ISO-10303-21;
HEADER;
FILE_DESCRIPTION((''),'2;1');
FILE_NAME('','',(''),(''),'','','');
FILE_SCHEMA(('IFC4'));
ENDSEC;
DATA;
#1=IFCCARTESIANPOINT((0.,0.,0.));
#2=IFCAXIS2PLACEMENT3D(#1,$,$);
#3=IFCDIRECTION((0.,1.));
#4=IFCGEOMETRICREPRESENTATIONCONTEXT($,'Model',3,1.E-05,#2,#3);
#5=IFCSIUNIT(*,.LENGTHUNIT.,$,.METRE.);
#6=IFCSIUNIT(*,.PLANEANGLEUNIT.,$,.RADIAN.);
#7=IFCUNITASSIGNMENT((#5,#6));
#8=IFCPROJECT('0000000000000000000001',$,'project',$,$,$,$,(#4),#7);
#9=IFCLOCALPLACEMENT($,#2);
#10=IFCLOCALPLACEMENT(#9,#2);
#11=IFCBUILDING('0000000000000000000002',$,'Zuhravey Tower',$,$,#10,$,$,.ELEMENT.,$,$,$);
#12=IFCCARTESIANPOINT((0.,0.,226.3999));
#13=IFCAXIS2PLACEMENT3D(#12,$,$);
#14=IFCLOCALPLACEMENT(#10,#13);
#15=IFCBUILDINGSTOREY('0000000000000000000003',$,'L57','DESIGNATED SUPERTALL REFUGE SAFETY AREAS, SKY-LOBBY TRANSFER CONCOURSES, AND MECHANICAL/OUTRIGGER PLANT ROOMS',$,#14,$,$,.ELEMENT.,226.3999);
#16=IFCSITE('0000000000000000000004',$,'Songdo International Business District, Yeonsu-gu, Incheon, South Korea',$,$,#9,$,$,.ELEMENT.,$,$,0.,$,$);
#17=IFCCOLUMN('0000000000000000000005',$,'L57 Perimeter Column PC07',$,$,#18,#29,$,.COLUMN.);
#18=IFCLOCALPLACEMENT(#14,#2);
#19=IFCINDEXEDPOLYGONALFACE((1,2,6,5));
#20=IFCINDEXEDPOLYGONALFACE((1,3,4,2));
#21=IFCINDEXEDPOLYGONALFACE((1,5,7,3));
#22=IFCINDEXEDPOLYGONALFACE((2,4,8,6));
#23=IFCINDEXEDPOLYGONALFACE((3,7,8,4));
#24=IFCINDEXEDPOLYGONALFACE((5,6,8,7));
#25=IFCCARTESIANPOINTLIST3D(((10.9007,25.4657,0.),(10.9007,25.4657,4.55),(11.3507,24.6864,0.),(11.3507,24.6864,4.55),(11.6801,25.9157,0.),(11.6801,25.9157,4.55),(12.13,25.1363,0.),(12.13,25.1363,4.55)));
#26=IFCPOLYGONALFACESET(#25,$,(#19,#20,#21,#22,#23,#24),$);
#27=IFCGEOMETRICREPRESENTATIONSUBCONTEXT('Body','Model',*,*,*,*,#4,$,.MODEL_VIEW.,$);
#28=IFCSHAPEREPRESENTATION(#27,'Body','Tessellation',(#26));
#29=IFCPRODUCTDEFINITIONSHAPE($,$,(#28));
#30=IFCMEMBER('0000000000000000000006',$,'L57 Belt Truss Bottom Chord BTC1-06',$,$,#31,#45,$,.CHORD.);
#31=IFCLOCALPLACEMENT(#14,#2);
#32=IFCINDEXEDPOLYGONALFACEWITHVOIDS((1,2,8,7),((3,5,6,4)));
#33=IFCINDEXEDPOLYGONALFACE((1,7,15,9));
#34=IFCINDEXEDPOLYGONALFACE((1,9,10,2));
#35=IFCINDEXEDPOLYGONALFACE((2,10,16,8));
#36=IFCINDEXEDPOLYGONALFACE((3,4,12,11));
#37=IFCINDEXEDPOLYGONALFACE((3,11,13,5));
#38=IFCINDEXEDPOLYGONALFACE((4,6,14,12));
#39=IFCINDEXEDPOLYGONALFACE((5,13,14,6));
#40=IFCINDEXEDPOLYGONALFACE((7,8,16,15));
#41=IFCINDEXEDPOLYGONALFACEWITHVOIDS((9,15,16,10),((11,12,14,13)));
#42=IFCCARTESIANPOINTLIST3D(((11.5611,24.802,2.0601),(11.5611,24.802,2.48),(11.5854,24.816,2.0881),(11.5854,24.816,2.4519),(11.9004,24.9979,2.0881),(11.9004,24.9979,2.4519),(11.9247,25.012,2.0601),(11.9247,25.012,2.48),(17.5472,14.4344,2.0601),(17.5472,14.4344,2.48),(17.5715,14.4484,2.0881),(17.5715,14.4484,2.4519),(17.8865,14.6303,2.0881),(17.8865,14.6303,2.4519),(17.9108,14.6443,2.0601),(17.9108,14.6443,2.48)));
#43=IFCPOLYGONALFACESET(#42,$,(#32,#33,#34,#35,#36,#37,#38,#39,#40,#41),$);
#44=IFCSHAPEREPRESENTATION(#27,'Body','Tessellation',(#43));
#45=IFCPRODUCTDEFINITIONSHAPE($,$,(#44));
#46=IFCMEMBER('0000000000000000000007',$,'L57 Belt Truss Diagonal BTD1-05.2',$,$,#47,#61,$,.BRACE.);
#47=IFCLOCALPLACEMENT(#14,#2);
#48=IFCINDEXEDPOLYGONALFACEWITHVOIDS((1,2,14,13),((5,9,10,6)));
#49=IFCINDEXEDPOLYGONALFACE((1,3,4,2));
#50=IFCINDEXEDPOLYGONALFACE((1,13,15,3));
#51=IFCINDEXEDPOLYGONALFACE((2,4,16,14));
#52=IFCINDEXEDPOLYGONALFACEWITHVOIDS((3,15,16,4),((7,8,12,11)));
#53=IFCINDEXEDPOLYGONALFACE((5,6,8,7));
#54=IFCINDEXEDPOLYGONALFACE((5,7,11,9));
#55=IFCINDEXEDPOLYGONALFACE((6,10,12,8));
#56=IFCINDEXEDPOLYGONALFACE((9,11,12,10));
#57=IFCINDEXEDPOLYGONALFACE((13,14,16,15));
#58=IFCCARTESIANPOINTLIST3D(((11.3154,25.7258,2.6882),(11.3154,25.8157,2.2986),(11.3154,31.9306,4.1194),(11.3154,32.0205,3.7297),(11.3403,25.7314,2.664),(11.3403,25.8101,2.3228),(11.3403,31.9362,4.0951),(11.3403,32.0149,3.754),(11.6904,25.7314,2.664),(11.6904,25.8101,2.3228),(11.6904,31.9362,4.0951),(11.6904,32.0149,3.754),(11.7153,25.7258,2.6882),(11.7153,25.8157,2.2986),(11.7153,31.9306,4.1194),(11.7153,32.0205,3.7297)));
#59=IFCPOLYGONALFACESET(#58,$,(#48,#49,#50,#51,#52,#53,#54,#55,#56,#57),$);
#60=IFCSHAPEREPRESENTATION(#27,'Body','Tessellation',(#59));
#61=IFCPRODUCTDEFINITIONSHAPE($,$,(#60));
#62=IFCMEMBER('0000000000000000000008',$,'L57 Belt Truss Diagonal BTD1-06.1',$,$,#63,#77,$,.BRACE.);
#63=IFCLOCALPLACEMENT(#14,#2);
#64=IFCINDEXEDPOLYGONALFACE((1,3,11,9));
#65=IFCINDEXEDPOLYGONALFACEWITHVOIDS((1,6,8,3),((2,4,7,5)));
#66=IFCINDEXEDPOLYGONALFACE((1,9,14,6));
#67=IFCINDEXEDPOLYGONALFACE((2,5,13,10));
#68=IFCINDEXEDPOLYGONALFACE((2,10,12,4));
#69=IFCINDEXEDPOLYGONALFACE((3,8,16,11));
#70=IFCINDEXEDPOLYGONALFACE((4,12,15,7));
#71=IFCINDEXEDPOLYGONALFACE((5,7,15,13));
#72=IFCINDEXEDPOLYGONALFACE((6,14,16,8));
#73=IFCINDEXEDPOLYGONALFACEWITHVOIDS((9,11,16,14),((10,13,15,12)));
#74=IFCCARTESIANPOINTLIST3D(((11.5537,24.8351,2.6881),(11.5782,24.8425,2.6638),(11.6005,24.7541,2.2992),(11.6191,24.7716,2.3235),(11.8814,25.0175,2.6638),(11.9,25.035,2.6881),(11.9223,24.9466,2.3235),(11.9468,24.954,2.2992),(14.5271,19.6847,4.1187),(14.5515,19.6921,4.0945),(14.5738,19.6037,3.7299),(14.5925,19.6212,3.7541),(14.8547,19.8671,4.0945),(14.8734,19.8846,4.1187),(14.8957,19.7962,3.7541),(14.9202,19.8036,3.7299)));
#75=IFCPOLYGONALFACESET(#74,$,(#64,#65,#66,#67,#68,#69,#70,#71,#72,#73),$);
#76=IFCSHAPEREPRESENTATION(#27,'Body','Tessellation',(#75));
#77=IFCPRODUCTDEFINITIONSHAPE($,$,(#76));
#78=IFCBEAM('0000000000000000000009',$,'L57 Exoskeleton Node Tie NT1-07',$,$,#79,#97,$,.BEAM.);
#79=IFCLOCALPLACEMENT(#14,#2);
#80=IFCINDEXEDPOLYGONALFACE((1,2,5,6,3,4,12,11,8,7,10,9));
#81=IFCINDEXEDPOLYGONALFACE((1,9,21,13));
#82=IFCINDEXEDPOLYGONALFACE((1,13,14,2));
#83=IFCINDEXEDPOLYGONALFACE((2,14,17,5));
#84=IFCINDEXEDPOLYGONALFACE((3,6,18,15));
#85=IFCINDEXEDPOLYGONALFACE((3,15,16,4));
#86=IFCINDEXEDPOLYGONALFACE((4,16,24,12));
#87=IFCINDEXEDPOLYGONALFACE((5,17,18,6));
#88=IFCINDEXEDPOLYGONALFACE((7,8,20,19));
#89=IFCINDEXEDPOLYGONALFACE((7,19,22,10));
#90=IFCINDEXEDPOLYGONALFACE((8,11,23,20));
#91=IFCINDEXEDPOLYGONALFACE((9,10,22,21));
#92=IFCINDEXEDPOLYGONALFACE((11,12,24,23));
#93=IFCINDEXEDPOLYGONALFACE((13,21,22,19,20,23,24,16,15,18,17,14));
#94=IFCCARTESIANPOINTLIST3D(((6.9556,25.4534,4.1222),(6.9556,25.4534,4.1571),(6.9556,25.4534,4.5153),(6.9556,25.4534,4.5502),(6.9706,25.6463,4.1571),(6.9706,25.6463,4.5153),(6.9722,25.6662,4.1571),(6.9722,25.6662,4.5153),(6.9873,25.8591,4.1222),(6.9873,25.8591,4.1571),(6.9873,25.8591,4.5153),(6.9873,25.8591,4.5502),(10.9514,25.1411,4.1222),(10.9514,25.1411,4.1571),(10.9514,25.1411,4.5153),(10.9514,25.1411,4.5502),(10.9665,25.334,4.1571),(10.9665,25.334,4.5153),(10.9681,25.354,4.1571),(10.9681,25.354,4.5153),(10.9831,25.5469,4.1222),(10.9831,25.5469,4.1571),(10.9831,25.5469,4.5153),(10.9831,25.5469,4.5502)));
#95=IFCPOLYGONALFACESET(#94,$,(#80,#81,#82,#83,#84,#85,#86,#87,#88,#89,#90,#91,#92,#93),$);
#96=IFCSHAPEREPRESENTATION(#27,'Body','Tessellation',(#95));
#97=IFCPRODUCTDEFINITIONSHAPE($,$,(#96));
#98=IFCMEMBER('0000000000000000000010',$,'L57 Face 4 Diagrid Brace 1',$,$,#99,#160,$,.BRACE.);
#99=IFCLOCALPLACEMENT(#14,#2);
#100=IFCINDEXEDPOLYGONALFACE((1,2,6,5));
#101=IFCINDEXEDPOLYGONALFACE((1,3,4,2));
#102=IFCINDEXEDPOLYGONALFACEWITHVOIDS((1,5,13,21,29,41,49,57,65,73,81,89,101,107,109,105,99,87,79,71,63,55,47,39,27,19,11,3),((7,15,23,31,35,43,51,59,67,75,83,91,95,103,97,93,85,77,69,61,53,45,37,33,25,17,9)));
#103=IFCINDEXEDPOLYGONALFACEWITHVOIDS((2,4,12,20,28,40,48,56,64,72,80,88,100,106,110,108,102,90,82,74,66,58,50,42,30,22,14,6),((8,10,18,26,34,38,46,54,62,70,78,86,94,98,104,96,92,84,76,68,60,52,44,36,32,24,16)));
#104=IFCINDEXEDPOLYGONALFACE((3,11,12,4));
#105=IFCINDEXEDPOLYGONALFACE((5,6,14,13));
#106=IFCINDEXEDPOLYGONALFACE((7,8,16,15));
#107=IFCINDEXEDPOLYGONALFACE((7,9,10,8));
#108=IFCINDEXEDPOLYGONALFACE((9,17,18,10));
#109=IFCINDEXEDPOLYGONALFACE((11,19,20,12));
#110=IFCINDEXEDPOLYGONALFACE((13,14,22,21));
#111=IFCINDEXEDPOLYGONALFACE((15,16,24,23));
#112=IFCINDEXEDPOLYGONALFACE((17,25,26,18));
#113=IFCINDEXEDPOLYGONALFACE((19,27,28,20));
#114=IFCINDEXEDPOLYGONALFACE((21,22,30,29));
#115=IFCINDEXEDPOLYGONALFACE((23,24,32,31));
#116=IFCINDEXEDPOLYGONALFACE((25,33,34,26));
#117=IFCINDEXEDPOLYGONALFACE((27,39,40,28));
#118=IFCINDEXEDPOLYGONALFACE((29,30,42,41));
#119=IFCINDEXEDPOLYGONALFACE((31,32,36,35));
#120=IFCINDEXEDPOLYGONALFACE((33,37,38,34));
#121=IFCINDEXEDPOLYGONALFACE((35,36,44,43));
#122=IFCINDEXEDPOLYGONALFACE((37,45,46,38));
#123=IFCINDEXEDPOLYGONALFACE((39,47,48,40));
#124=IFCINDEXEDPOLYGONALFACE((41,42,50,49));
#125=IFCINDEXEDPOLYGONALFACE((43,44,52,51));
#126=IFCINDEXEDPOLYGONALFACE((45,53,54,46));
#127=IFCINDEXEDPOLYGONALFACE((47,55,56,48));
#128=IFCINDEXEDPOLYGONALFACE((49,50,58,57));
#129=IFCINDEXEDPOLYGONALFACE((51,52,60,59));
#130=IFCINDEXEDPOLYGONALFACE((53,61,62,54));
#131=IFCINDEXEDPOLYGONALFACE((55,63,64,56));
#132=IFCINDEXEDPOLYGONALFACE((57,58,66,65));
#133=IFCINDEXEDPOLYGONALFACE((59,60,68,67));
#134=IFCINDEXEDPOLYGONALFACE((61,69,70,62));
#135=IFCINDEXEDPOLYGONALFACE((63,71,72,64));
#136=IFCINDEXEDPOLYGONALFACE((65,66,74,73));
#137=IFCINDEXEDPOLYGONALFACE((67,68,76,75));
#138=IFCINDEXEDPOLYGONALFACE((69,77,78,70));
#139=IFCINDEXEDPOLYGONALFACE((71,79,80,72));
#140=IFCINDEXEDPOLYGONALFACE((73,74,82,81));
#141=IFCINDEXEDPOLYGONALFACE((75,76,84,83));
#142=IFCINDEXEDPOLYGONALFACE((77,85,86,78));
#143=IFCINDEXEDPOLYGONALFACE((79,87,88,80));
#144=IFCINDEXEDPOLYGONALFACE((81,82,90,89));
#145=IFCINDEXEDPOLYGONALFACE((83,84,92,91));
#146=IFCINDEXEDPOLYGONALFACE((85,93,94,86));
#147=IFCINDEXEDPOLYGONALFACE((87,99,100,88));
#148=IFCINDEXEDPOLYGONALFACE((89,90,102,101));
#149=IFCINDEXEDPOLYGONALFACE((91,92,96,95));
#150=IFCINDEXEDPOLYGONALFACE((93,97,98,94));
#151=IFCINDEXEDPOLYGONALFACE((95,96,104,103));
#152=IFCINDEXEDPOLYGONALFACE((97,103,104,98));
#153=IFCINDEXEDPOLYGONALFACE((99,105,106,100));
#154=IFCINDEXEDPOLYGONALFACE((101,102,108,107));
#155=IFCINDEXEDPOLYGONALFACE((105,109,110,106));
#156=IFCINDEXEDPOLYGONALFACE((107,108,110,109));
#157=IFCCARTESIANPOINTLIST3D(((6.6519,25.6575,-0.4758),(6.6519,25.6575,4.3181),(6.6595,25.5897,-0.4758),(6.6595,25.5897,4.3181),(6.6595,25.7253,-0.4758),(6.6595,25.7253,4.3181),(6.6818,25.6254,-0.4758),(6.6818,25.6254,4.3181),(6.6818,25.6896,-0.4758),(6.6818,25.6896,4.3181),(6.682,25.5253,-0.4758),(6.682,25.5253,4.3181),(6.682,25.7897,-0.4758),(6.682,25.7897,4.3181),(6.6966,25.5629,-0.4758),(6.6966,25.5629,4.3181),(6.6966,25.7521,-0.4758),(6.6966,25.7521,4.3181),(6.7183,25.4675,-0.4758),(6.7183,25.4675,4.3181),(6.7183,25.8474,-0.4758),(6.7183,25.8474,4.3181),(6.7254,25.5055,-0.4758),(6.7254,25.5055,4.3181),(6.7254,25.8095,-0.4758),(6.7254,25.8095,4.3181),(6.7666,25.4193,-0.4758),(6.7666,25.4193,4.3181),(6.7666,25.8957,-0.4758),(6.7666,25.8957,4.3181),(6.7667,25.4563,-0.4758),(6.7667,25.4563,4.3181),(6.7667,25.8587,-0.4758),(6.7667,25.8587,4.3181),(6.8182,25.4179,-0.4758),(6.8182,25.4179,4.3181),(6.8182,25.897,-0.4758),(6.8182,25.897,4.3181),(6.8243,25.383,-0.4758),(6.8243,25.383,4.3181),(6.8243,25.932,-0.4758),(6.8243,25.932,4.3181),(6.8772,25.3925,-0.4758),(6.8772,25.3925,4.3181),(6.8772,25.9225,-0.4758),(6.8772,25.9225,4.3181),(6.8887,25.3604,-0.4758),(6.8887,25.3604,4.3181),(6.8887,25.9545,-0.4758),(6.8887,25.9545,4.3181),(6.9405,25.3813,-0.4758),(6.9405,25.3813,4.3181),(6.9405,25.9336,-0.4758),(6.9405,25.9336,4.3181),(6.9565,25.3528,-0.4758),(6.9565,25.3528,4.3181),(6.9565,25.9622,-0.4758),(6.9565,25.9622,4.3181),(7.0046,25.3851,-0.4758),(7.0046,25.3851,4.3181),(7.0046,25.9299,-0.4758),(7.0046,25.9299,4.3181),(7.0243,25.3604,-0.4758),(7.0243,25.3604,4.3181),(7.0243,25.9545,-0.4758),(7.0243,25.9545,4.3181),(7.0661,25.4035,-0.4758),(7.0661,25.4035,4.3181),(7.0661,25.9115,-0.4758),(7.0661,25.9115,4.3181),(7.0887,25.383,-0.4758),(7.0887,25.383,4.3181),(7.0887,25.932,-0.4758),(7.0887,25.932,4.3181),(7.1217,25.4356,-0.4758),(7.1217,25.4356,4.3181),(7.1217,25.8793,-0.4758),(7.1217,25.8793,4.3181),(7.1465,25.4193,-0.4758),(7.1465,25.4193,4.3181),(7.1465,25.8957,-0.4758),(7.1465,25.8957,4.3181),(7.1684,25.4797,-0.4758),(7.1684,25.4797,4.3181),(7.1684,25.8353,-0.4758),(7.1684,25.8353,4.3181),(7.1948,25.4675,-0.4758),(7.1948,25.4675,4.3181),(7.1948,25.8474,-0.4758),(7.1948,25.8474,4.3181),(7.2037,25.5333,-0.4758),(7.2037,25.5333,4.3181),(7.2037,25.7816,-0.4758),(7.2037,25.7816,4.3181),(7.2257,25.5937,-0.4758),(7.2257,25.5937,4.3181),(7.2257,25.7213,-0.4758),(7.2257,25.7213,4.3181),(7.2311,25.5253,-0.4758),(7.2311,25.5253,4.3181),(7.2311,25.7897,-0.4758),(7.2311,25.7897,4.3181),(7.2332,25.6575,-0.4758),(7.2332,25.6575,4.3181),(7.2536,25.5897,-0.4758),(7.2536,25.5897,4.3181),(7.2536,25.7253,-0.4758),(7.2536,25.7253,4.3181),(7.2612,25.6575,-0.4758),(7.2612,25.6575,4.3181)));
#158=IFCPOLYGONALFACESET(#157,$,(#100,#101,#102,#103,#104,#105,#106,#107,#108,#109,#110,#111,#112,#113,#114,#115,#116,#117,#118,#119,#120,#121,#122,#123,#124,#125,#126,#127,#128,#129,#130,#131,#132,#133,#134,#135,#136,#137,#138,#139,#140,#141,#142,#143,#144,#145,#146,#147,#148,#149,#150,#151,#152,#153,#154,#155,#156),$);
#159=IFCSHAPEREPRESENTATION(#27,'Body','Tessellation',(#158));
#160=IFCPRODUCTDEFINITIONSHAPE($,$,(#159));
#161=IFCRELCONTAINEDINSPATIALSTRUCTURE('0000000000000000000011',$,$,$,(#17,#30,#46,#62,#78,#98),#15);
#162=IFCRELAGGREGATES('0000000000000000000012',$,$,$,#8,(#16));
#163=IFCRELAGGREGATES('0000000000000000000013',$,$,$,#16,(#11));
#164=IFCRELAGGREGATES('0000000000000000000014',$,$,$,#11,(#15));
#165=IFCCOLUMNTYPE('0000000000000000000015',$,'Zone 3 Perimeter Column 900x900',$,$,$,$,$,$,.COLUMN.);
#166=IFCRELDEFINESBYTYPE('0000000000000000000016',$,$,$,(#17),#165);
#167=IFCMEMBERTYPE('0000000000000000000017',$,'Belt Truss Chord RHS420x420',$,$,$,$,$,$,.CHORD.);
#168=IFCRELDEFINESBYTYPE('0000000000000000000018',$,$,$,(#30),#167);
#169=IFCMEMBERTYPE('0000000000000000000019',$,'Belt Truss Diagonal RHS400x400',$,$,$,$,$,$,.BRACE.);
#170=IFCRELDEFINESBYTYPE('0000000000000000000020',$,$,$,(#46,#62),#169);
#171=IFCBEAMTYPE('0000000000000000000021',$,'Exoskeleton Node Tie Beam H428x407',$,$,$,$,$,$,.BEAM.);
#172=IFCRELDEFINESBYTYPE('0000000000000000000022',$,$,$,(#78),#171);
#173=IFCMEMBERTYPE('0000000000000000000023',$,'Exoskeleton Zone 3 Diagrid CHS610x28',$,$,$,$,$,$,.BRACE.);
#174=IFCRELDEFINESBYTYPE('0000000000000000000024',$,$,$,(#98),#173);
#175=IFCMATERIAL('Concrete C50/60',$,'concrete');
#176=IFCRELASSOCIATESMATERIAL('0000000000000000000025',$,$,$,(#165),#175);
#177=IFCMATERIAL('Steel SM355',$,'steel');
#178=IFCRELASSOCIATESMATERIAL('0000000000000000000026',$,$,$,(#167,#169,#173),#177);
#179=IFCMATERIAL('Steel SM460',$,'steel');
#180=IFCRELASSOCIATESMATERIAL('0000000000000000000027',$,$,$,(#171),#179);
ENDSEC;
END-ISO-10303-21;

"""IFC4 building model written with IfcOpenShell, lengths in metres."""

from ifc_helpers import new_model, si_unit, direction, frame, origin, origin_2d, place, context, subcontext, project, spatial, rectangle, hollow_rectangle, hollow_circle, i_section, extrude, material, material_profile, profile_set, type_object, element, save


model = new_model("IFC4")

# Units and contexts
model_context = context("Model", 3, precision=1e-05, world=origin(), true_north=direction((0.0, 1.0)))
body_context = subcontext(model_context, "Body", "Model", "MODEL_VIEW")
ifc_project = project(units=[si_unit("LENGTHUNIT", "METRE"), si_unit("PLANEANGLEUNIT", "RADIAN")], contexts=[model_context])

# Site, building, storey
site_placement = place(None, origin())
site = spatial("IfcSite", under=ifc_project, at=site_placement, Name="Songdo International Business District, Yeonsu-gu, Incheon, South Korea", CompositionType="ELEMENT", RefElevation=0.0)
building_placement = place(site_placement, origin())
building = spatial("IfcBuilding", under=site, at=building_placement, Name="Zuhravey Tower", CompositionType="ELEMENT")
storey_placement = place(building_placement, frame((0.0, 0.0, 226.3999)))
storey = spatial("IfcBuildingStorey", under=building, at=storey_placement, Name="L57", Description="DESIGNATED SUPERTALL REFUGE SAFETY AREAS, SKY-LOBBY TRANSFER CONCOURSES, AND MECHANICAL/OUTRIGGER PLANT ROOMS", CompositionType="ELEMENT", Elevation=226.3999)

# Column
ifc_material_1 = material(Name="Concrete C50/60", Category="concrete")
ifc_material_profile_1 = material_profile(ifc_material_1, rectangle(XDim=0.8999, YDim=0.8999, at=origin_2d()), Name="RC-900x900")
ifc_profile_set_1 = profile_set([ifc_material_profile_1], Name="Concrete C50/60")
column_type = type_object("IfcColumnType", Name="Zone 3 Perimeter Column 900x900", PredefinedType="COLUMN", material=ifc_profile_set_1)
column_placement = place(storey_placement, frame((11.5154, 25.301, 0.0), z_axis=(0.0, 0.0, 1.0), x_axis=(0.5, -0.866025, 0.0)))
element("IfcColumn", 1, at=column_placement, inside=storey, type_object=column_type, Name="L57 Perimeter Column PC07", PredefinedType="COLUMN", context=body_context, shape_type="SweptSolid", body=[
    extrude(rectangle(XDim=0.8999, YDim=0.8999, at=origin_2d()), origin(), (0.0, 0.0, 1.0), 4.55),
])

# Members
ifc_material_2 = material(Name="Steel SM355", Category="steel")
ifc_material_profile_2 = material_profile(ifc_material_2, hollow_rectangle(XDim=0.4199, YDim=0.4199, WallThickness=0.0281, at=origin_2d()), Name="RHS-420x420x28")
ifc_profile_set_2 = profile_set([ifc_material_profile_2], Name="Steel SM355")
member_type_1 = type_object("IfcMemberType", Name="Belt Truss Chord RHS420x420", PredefinedType="CHORD", material=ifc_profile_set_2)
member_1_placement = place(storey_placement, frame((11.7429, 24.907, 2.27), z_axis=(0.500019, -0.866014, 0.0), x_axis=(0.866014, 0.500019, 0.0)))
element("IfcMember", 2, at=member_1_placement, inside=storey, type_object=member_type_1, Name="L57 Belt Truss Bottom Chord BTC1-06", PredefinedType="CHORD", context=body_context, shape_type="SweptSolid", body=[
    extrude(hollow_rectangle(XDim=0.4199, YDim=0.4199, WallThickness=0.0281, at=origin_2d()), origin(), (0.0, 0.0, 1.0), 11.9717),
])
ifc_material_profile_3 = material_profile(ifc_material_2, hollow_rectangle(XDim=0.3999, YDim=0.3999, WallThickness=0.0249, at=origin_2d()), Name="RHS-400x400x25")
ifc_profile_set_3 = profile_set([ifc_material_profile_3], Name="Steel SM355")
member_type_2 = type_object("IfcMemberType", Name="Belt Truss Diagonal RHS400x400", PredefinedType="BRACE", material=ifc_profile_set_3)
member_2_placement = place(storey_placement, frame((11.5154, 25.7708, 2.4934), z_axis=(0.0, 0.974416, 0.22475), x_axis=(-1.0, 0.0, 0.0)))
element("IfcMember", 3, at=member_2_placement, inside=storey, type_object=member_type_2, Name="L57 Belt Truss Diagonal BTD1-05.2", PredefinedType="BRACE", context=body_context, shape_type="SweptSolid", body=[
    extrude(hollow_rectangle(XDim=0.3999, YDim=0.3999, WallThickness=0.0249, at=origin_2d()), origin(), (0.0, 0.0, 1.0), 6.3677),
])
member_3_placement = place(storey_placement, frame((11.7502, 24.8945, 2.4937), z_axis=(0.486108, -0.842017, 0.233894), x_axis=(0.866039, 0.499976, 0.0)))
element("IfcMember", 4, at=member_3_placement, inside=storey, type_object=member_type_2, Name="L57 Belt Truss Diagonal BTD1-06.1", PredefinedType="BRACE", context=body_context, shape_type="SweptSolid", body=[
    extrude(hollow_rectangle(XDim=0.3999, YDim=0.3999, WallThickness=0.0249, at=origin_2d()), origin(), (0.0, 0.0, 1.0), 6.1167),
])

# Beam
ifc_material_3 = material(Name="Steel SM460", Category="steel")
ifc_material_profile_4 = material_profile(ifc_material_3, i_section(OverallWidth=0.407, OverallDepth=0.428, WebThickness=0.02, FlangeThickness=0.0349, at=origin_2d()), Name="H-428x407x20x35")
ifc_profile_set_4 = profile_set([ifc_material_profile_4], Name="Steel SM460")
beam_type_1 = type_object("IfcBeamType", Name="Exoskeleton Node Tie Beam H428x407", PredefinedType="BEAM", material=ifc_profile_set_4)
beam_1_placement = place(storey_placement, frame((10.9673, 25.344, 4.3362), z_axis=(-0.996961, 0.077908, 0.0), x_axis=(-0.077908, -0.996961, 0.0)))
element("IfcBeam", 5, at=beam_1_placement, inside=storey, type_object=beam_type_1, Name="L57 Exoskeleton Node Tie NT1-07", PredefinedType="BEAM", context=body_context, shape_type="SweptSolid", body=[
    extrude(i_section(OverallWidth=0.407, OverallDepth=0.428, WebThickness=0.02, FlangeThickness=0.0349, at=origin_2d()), origin(), (0.0, 0.0, 1.0), 4.0081),
])

# Member
ifc_material_profile_5 = material_profile(ifc_material_2, hollow_circle(Radius=0.3047, WallThickness=0.0281, at=origin_2d()), Name="CHS-609.6x28")
ifc_profile_set_5 = profile_set([ifc_material_profile_5], Name="Steel SM355")
member_type_3 = type_object("IfcMemberType", Name="Exoskeleton Zone 3 Diagrid CHS610x28", PredefinedType="BRACE", material=ifc_profile_set_5)
member_4_placement = place(storey_placement, frame((6.9565, 25.6575, -0.4758), z_axis=(0.0, 0.0, 1.0), x_axis=(1.0, 0.0, 0.0)))
element("IfcMember", 6, at=member_4_placement, inside=storey, type_object=member_type_3, Name="L57 Face 4 Diagrid Brace 1", PredefinedType="BRACE", context=body_context, shape_type="SweptSolid", body=[
    extrude(hollow_circle(Radius=0.3047, WallThickness=0.0281, at=origin_2d()), origin(), (0.0, 0.0, 1.0), 4.7939),
])

save(model, "model.ifc")
